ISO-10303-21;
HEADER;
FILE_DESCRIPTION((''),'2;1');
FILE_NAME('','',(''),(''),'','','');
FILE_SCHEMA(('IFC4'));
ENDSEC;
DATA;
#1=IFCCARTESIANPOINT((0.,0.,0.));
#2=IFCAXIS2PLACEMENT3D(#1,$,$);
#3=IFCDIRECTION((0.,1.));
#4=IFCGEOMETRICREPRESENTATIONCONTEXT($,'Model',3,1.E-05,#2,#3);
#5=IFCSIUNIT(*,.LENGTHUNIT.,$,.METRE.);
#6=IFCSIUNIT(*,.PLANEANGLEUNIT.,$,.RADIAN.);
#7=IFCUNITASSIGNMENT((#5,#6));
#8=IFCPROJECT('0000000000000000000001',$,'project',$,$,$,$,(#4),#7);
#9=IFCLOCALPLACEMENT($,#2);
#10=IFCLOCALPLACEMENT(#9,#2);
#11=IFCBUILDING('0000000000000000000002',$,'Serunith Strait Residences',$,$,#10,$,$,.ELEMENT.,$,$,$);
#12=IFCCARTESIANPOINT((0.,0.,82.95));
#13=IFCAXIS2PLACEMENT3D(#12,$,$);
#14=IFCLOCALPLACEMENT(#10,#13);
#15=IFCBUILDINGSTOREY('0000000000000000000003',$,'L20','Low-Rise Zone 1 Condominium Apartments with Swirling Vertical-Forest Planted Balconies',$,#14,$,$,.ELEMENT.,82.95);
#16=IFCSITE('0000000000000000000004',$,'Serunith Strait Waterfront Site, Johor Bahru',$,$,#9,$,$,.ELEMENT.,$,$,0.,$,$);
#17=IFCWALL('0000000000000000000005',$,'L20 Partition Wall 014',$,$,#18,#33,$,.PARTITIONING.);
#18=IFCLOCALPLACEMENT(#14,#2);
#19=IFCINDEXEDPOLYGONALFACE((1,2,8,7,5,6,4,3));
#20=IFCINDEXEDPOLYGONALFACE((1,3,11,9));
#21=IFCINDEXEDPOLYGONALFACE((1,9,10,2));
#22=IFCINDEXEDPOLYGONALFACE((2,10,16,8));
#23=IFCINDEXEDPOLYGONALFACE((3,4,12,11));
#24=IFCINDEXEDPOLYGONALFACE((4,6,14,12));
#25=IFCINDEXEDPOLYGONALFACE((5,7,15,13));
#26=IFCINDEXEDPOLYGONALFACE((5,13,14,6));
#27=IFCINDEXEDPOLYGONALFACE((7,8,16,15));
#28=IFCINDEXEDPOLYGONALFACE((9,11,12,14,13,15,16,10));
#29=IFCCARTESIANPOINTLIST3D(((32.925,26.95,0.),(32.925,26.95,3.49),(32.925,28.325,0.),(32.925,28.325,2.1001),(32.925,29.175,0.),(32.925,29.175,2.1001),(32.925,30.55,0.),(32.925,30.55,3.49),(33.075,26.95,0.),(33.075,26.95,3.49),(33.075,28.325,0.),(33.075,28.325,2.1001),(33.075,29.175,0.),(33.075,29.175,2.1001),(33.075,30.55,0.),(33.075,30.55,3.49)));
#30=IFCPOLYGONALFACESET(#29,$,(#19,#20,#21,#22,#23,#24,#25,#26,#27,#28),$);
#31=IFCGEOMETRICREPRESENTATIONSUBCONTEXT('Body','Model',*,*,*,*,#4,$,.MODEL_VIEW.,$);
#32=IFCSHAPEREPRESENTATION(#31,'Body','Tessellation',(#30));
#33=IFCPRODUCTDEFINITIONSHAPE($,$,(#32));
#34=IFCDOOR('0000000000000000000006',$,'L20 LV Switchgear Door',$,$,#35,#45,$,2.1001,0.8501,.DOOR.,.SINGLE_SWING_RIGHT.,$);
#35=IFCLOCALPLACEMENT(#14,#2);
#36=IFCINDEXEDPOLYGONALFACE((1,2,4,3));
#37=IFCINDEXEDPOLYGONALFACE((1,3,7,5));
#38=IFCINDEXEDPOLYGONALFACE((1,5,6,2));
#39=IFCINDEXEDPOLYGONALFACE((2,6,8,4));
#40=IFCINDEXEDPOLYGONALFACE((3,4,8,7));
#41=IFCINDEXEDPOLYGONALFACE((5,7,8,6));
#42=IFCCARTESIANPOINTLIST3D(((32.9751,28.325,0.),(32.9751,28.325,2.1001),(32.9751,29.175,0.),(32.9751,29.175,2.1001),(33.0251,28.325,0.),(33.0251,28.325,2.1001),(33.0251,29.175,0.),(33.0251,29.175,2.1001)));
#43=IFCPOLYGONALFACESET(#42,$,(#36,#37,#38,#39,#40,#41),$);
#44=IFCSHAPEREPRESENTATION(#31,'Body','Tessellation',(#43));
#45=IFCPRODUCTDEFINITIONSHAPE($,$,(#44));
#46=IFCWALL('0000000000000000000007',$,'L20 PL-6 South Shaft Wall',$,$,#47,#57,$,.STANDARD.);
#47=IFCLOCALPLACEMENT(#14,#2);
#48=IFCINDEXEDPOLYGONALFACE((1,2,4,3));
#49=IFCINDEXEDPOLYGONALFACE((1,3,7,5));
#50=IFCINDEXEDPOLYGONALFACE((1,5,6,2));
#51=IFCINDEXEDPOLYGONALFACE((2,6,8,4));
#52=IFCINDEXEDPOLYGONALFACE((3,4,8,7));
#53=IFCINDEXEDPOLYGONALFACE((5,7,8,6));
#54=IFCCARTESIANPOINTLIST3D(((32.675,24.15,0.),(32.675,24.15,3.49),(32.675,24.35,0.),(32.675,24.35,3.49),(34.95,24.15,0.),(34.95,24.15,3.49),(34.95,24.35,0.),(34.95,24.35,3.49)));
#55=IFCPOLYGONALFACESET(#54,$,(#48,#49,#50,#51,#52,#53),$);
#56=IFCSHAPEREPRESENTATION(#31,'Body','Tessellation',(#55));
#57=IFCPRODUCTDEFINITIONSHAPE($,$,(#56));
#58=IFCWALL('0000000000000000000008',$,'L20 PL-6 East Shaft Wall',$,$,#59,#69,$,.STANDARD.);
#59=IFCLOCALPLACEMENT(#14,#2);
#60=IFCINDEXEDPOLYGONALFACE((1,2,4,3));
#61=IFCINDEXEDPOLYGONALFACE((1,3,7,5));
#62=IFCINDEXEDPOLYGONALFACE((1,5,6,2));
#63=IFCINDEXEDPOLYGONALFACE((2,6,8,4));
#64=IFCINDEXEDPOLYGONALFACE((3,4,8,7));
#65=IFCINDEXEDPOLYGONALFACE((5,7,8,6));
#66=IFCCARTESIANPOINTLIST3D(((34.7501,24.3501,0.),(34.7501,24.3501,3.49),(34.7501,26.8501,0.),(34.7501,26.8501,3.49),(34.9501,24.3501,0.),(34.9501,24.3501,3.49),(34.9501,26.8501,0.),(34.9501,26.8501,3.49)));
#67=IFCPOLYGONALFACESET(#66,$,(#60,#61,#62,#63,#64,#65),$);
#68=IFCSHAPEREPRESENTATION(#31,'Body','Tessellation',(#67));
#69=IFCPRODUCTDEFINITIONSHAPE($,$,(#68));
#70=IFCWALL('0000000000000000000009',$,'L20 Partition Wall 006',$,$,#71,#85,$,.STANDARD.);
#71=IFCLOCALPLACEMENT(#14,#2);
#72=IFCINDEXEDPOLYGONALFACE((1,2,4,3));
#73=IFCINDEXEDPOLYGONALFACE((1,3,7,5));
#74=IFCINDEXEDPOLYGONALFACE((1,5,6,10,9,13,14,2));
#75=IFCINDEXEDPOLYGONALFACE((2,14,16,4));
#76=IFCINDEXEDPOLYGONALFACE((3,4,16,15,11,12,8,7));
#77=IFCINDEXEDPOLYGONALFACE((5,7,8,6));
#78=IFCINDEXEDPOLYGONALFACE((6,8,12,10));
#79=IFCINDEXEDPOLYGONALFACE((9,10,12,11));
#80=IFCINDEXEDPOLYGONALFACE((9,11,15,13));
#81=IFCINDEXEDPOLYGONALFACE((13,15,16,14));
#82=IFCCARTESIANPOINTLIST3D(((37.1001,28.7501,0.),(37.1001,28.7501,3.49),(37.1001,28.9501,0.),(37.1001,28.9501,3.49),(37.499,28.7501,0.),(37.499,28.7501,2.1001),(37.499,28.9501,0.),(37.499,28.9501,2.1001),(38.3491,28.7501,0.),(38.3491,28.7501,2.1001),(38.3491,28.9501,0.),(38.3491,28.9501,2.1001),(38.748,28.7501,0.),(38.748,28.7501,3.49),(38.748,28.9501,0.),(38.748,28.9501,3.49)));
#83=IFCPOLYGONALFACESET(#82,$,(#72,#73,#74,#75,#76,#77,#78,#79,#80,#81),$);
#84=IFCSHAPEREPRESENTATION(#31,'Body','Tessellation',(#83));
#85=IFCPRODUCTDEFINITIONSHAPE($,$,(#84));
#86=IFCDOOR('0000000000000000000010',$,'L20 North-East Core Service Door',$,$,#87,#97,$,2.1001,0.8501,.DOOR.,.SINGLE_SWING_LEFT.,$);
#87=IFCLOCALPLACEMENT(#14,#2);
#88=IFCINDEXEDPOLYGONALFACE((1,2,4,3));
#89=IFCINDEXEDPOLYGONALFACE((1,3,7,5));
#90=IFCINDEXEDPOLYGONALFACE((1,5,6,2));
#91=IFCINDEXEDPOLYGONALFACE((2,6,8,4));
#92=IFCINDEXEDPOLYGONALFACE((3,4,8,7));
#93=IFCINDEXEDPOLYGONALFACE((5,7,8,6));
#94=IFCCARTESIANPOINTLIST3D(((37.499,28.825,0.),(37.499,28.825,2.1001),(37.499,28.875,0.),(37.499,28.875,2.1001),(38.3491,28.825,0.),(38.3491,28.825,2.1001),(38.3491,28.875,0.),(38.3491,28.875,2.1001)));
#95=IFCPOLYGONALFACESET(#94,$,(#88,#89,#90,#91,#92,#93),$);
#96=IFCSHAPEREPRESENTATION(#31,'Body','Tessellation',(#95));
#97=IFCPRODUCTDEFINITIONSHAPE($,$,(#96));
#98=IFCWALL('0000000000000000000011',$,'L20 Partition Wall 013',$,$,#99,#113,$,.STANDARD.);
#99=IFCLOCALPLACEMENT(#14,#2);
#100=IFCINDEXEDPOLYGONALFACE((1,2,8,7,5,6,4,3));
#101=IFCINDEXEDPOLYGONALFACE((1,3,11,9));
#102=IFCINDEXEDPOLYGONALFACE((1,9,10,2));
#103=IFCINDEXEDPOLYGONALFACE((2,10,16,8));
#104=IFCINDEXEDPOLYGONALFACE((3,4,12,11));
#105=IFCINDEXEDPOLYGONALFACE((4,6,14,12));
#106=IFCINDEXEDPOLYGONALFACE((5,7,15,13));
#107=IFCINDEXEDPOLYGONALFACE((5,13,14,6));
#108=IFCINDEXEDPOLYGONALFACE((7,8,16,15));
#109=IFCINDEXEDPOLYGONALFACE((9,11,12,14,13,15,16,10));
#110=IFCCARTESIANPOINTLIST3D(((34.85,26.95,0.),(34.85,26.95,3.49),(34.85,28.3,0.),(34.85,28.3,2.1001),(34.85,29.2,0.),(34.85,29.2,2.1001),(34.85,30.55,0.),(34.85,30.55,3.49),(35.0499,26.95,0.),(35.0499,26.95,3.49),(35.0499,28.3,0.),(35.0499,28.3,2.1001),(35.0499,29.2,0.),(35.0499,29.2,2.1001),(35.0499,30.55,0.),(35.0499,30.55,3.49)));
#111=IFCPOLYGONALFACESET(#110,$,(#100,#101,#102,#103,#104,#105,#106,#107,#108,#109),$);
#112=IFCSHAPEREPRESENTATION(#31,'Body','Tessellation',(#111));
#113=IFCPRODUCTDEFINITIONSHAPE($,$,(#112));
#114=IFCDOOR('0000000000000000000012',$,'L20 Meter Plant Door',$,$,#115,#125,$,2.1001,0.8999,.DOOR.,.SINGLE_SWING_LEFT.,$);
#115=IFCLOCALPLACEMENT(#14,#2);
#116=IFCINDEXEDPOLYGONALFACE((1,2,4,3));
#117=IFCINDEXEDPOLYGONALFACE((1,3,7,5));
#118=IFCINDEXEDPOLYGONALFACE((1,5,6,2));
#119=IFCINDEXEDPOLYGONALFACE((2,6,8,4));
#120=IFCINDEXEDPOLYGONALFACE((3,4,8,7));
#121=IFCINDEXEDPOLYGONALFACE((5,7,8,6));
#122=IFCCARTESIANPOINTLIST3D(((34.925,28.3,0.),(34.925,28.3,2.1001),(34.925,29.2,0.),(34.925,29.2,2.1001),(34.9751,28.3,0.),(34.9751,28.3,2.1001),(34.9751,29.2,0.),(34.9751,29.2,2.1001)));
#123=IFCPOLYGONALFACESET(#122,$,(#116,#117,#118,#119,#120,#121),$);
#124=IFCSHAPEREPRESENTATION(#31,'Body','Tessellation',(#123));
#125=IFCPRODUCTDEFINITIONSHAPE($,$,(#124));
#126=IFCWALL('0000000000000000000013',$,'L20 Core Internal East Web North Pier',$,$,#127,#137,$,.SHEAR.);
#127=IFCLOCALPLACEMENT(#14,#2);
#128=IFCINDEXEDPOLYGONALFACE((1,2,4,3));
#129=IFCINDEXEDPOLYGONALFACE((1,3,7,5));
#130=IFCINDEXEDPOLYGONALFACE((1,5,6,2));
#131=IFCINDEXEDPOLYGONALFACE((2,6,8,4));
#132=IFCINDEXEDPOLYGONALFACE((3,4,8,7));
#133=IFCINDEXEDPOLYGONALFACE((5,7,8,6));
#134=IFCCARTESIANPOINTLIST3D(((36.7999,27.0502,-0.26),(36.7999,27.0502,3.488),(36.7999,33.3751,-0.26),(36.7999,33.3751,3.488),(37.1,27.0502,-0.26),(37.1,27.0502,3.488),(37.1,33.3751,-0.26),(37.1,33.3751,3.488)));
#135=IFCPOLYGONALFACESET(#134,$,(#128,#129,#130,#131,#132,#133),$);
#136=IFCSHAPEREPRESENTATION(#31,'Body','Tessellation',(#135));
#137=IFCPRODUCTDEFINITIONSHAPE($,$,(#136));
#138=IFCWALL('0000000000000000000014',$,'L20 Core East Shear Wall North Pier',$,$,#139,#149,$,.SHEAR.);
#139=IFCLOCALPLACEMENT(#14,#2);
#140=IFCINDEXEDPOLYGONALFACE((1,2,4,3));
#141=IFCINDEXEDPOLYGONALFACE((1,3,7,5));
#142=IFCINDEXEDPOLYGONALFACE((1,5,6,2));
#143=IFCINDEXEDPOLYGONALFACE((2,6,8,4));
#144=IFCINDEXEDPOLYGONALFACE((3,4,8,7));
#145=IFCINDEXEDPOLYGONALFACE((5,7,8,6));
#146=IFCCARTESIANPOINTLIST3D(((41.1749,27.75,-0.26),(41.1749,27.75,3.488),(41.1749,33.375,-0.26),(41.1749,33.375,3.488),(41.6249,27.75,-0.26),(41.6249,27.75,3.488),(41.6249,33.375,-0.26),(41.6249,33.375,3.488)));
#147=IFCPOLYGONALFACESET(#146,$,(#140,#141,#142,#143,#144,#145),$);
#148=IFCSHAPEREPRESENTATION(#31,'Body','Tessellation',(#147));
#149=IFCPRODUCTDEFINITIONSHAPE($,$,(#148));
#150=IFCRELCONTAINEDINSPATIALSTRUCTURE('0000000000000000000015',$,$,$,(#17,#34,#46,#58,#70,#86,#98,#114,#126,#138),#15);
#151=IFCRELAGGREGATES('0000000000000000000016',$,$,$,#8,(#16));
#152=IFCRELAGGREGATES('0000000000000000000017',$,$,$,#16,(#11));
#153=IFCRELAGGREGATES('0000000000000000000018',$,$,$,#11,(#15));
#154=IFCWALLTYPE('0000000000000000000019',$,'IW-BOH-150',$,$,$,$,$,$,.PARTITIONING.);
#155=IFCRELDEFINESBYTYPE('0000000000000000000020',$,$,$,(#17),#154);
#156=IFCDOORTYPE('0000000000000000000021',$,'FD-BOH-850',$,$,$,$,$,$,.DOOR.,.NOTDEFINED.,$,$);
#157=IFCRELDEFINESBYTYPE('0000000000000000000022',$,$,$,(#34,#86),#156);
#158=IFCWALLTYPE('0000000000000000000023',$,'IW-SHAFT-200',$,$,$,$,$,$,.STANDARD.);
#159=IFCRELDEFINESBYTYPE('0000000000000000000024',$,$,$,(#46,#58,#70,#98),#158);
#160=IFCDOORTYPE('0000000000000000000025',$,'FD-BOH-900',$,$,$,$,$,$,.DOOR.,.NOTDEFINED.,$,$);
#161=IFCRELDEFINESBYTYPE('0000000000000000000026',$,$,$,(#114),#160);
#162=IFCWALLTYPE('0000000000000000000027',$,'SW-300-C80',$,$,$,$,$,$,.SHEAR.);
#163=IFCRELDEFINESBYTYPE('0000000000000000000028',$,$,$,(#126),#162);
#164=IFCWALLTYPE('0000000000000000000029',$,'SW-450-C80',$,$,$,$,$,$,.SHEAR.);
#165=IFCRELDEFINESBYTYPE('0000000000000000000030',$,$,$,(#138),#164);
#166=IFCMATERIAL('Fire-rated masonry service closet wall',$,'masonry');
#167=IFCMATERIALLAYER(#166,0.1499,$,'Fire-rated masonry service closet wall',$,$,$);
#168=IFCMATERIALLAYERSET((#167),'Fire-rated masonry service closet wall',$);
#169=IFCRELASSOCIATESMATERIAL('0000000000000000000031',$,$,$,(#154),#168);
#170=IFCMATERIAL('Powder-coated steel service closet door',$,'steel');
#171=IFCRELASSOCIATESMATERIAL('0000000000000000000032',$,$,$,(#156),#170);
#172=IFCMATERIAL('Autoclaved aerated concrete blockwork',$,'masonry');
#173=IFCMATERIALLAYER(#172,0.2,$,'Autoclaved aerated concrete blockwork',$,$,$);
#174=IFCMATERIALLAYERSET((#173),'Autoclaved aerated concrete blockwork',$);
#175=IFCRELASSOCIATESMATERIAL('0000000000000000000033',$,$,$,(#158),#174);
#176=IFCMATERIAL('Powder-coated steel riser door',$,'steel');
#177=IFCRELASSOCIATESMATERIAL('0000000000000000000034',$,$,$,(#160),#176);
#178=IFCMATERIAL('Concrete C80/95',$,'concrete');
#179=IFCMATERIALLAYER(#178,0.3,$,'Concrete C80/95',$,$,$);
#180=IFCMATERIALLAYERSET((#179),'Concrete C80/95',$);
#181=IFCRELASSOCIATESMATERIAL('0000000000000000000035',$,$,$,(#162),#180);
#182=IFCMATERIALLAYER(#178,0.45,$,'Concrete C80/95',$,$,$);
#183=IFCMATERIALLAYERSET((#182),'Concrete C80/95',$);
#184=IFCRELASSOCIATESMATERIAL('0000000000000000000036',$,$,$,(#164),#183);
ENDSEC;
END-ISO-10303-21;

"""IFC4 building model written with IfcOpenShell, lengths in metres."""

from ifc_helpers import new_model, si_unit, direction, frame, frame_2d, origin, place, context, subcontext, project, spatial, rectangle, extrude, source, transform, mapped, material, layer, layer_set, type_object, element, fill, save


model = new_model("IFC4")

# Units and contexts
model_context = context("Model", 3, precision=1e-05, world=origin(), true_north=direction((0.0, 1.0)))
body_context = subcontext(model_context, "Body", "Model", "MODEL_VIEW")
ifc_project = project(units=[si_unit("LENGTHUNIT", "METRE"), si_unit("PLANEANGLEUNIT", "RADIAN")], contexts=[model_context])

# Site, building, storey
site_placement = place(None, origin())
site = spatial("IfcSite", under=ifc_project, at=site_placement, Name="Serunith Strait Waterfront Site, Johor Bahru", CompositionType="ELEMENT", RefElevation=0.0)
building_placement = place(site_placement, origin())
building = spatial("IfcBuilding", under=site, at=building_placement, Name="Serunith Strait Residences", CompositionType="ELEMENT")
storey_placement = place(building_placement, frame((0.0, 0.0, 82.95)))
storey = spatial("IfcBuildingStorey", under=building, at=storey_placement, Name="L20", Description="Low-Rise Zone 1 Condominium Apartments with Swirling Vertical-Forest Planted Balconies", CompositionType="ELEMENT", Elevation=82.95)

# Wall, opening, door
ifc_material_1 = material(Name="Fire-rated masonry service closet wall", Category="masonry")
ifc_layer_1 = layer(ifc_material_1, 0.1499, Name="Fire-rated masonry service closet wall")
ifc_layer_set_1 = layer_set([ifc_layer_1], Name="Fire-rated masonry service closet wall")
wall_type_1 = type_object("IfcWallType", Name="IW-BOH-150", PredefinedType="PARTITIONING", material=ifc_layer_set_1)
wall_1_placement = place(storey_placement, frame((33.0, 26.95, 0.0), z_axis=(0.0, 0.0, 1.0), x_axis=(0.0, 1.0, 0.0)))
wall_1 = element("IfcWall", 1, at=wall_1_placement, inside=storey, type_object=wall_type_1, Name="L20 Partition Wall 014", PredefinedType="PARTITIONING", context=body_context, shape_type="SweptSolid", body=[
    extrude(rectangle(XDim=3.6001, YDim=0.1499, at=frame_2d((1.8, 0.0))), origin(), (0.0, 0.0, 1.0), 3.49),
])
opening_1_placement = place(wall_1_placement, frame((1.375, 0.0, 0.0)))
opening_1 = element("IfcOpeningElement", 2, at=opening_1_placement, cuts=wall_1, PredefinedType="OPENING", context=body_context, shape_type="SweptSolid", body=[
    extrude(rectangle(XDim=0.8501, YDim=2.1001, at=frame_2d((0.425, 1.05))), frame((0.0, 0.085, 0.0), z_axis=(0.0, -1.0, 0.0), x_axis=(1.0, 0.0, 0.0)), (0.0, 0.0, 1.0), 0.1699),
])
ifc_material_2 = material(Name="Powder-coated steel service closet door", Category="steel")
door_type_1 = type_object("IfcDoorType", Name="FD-BOH-850", OperationType="NOTDEFINED", PredefinedType="DOOR", material=ifc_material_2)
shared_shape_1 = source(origin(), body_context, "Body", "SweptSolid", [
    extrude(rectangle(XDim=0.8501, YDim=2.1001, at=frame_2d((0.425, 1.05))), frame((0.0, 0.0249, 0.0), z_axis=(0.0, -1.0, 0.0), x_axis=(1.0, 0.0, 0.0)), (0.0, 0.0, 1.0), 0.05),
])
door_1_placement = place(opening_1_placement, origin())
door_1 = element("IfcDoor", 3, at=door_1_placement, inside=storey, type_object=door_type_1, Name="L20 LV Switchgear Door", OperationType="SINGLE_SWING_RIGHT", OverallHeight=2.1001, OverallWidth=0.8501, PredefinedType="DOOR", context=body_context, shape_type="MappedRepresentation", body=[
    mapped(shared_shape_1, transform((0.0, 0.0, 0.0), scale=1.0)),
])
fill(opening_1, door_1)
ifc_material_3 = material(Name="Autoclaved aerated concrete blockwork", Category="masonry")
ifc_layer_2 = layer(ifc_material_3, 0.2, Name="Autoclaved aerated concrete blockwork")
ifc_layer_set_2 = layer_set([ifc_layer_2], Name="Autoclaved aerated concrete blockwork")
wall_type_2 = type_object("IfcWallType", Name="IW-SHAFT-200", PredefinedType="STANDARD", material=ifc_layer_set_2)

# Walls
wall_2_placement = place(storey_placement, frame((32.675, 24.25, 0.0), z_axis=(0.0, 0.0, 1.0), x_axis=(1.0, 0.0, 0.0)))
element("IfcWall", 4, at=wall_2_placement, inside=storey, type_object=wall_type_2, Name="L20 PL-6 South Shaft Wall", PredefinedType="STANDARD", context=body_context, shape_type="SweptSolid", body=[
    extrude(rectangle(XDim=2.2749, YDim=0.2, at=frame_2d((1.1375, 0.0))), origin(), (0.0, 0.0, 1.0), 3.49),
])
wall_3_placement = place(storey_placement, frame((34.8501, 24.3501, 0.0), z_axis=(0.0, 0.0, 1.0), x_axis=(0.0, 1.0, 0.0)))
element("IfcWall", 5, at=wall_3_placement, inside=storey, type_object=wall_type_2, Name="L20 PL-6 East Shaft Wall", PredefinedType="STANDARD", context=body_context, shape_type="SweptSolid", body=[
    extrude(rectangle(XDim=2.5, YDim=0.2, at=frame_2d((1.25, 0.0))), origin(), (0.0, 0.0, 1.0), 3.49),
])

# Walls, openings, doors
wall_4_placement = place(storey_placement, frame((37.1001, 28.8501, 0.0), z_axis=(0.0, 0.0, 1.0), x_axis=(1.0, 0.0, 0.0)))
wall_4 = element("IfcWall", 6, at=wall_4_placement, inside=storey, type_object=wall_type_2, Name="L20 Partition Wall 006", PredefinedType="STANDARD", context=body_context, shape_type="SweptSolid", body=[
    extrude(rectangle(XDim=1.6479, YDim=0.2, at=frame_2d((0.824, 0.0))), origin(), (0.0, 0.0, 1.0), 3.49),
])
opening_2_placement = place(wall_4_placement, frame((0.3989, 0.0, 0.0)))
opening_2 = element("IfcOpeningElement", 7, at=opening_2_placement, cuts=wall_4, PredefinedType="OPENING", context=body_context, shape_type="SweptSolid", body=[
    extrude(rectangle(XDim=0.8501, YDim=2.1001, at=frame_2d((0.425, 1.05))), frame((0.0, 0.1099, 0.0), z_axis=(0.0, -1.0, 0.0), x_axis=(1.0, 0.0, 0.0)), (0.0, 0.0, 1.0), 0.22),
])
door_2_placement = place(opening_2_placement, origin())
door_2 = element("IfcDoor", 8, at=door_2_placement, inside=storey, type_object=door_type_1, Name="L20 North-East Core Service Door", OperationType="SINGLE_SWING_LEFT", OverallHeight=2.1001, OverallWidth=0.8501, PredefinedType="DOOR", context=body_context, shape_type="MappedRepresentation", body=[
    mapped(shared_shape_1, transform((0.0, 0.0, 0.0), scale=1.0)),
])
fill(opening_2, door_2)
wall_5_placement = place(storey_placement, frame((34.95, 26.95, 0.0), z_axis=(0.0, 0.0, 1.0), x_axis=(0.0, 1.0, 0.0)))
wall_5 = element("IfcWall", 9, at=wall_5_placement, inside=storey, type_object=wall_type_2, Name="L20 Partition Wall 013", PredefinedType="STANDARD", context=body_context, shape_type="SweptSolid", body=[
    extrude(rectangle(XDim=3.6001, YDim=0.2, at=frame_2d((1.8, 0.0))), origin(), (0.0, 0.0, 1.0), 3.49),
])
opening_3_placement = place(wall_5_placement, frame((1.3501, 0.0, 0.0)))
opening_3 = element("IfcOpeningElement", 10, at=opening_3_placement, cuts=wall_5, PredefinedType="OPENING", context=body_context, shape_type="SweptSolid", body=[
    extrude(rectangle(XDim=0.8999, YDim=2.1001, at=frame_2d((0.45, 1.05))), frame((0.0, 0.1099, 0.0), z_axis=(0.0, -1.0, 0.0), x_axis=(1.0, 0.0, 0.0)), (0.0, 0.0, 1.0), 0.22),
])
ifc_material_4 = material(Name="Powder-coated steel riser door", Category="steel")
door_type_2 = type_object("IfcDoorType", Name="FD-BOH-900", OperationType="NOTDEFINED", PredefinedType="DOOR", material=ifc_material_4)
shared_shape_2 = source(origin(), body_context, "Body", "SweptSolid", [
    extrude(rectangle(XDim=0.8999, YDim=2.1001, at=frame_2d((0.45, 1.05))), frame((0.0, 0.0249, 0.0), z_axis=(0.0, -1.0, 0.0), x_axis=(1.0, 0.0, 0.0)), (0.0, 0.0, 1.0), 0.05),
])
door_3_placement = place(opening_3_placement, origin())
door_3 = element("IfcDoor", 11, at=door_3_placement, inside=storey, type_object=door_type_2, Name="L20 Meter Plant Door", OperationType="SINGLE_SWING_LEFT", OverallHeight=2.1001, OverallWidth=0.8999, PredefinedType="DOOR", context=body_context, shape_type="MappedRepresentation", body=[
    mapped(shared_shape_2, transform((0.0, 0.0, 0.0), scale=1.0)),
])
fill(opening_3, door_3)

# Walls
ifc_material_5 = material(Name="Concrete C80/95", Category="concrete")
ifc_layer_3 = layer(ifc_material_5, 0.3, Name="Concrete C80/95")
ifc_layer_set_3 = layer_set([ifc_layer_3], Name="Concrete C80/95")
wall_type_3 = type_object("IfcWallType", Name="SW-300-C80", PredefinedType="SHEAR", material=ifc_layer_set_3)
wall_6_placement = place(storey_placement, frame((36.95, 27.05, -0.26), z_axis=(0.0, 0.0, 1.0), x_axis=(0.0, 1.0, 0.0)))
element("IfcWall", 12, at=wall_6_placement, inside=storey, type_object=wall_type_3, Name="L20 Core Internal East Web North Pier", PredefinedType="SHEAR", context=body_context, shape_type="SweptSolid", body=[
    extrude(rectangle(XDim=6.325, YDim=0.3, at=frame_2d((3.1626, 0.0))), origin(), (0.0, 0.0, 1.0), 3.748),
])
ifc_layer_4 = layer(ifc_material_5, 0.45, Name="Concrete C80/95")
ifc_layer_set_4 = layer_set([ifc_layer_4], Name="Concrete C80/95")
wall_type_4 = type_object("IfcWallType", Name="SW-450-C80", PredefinedType="SHEAR", material=ifc_layer_set_4)
wall_7_placement = place(storey_placement, frame((41.3999, 27.75, -0.26), z_axis=(0.0, 0.0, 1.0), x_axis=(0.0, 1.0, 0.0)))
element("IfcWall", 13, at=wall_7_placement, inside=storey, type_object=wall_type_4, Name="L20 Core East Shear Wall North Pier", PredefinedType="SHEAR", context=body_context, shape_type="SweptSolid", body=[
    extrude(rectangle(XDim=5.625, YDim=0.45, at=frame_2d((2.8125, 0.0))), origin(), (0.0, 0.0, 1.0), 3.748),
])

save(model, "model.ifc")
